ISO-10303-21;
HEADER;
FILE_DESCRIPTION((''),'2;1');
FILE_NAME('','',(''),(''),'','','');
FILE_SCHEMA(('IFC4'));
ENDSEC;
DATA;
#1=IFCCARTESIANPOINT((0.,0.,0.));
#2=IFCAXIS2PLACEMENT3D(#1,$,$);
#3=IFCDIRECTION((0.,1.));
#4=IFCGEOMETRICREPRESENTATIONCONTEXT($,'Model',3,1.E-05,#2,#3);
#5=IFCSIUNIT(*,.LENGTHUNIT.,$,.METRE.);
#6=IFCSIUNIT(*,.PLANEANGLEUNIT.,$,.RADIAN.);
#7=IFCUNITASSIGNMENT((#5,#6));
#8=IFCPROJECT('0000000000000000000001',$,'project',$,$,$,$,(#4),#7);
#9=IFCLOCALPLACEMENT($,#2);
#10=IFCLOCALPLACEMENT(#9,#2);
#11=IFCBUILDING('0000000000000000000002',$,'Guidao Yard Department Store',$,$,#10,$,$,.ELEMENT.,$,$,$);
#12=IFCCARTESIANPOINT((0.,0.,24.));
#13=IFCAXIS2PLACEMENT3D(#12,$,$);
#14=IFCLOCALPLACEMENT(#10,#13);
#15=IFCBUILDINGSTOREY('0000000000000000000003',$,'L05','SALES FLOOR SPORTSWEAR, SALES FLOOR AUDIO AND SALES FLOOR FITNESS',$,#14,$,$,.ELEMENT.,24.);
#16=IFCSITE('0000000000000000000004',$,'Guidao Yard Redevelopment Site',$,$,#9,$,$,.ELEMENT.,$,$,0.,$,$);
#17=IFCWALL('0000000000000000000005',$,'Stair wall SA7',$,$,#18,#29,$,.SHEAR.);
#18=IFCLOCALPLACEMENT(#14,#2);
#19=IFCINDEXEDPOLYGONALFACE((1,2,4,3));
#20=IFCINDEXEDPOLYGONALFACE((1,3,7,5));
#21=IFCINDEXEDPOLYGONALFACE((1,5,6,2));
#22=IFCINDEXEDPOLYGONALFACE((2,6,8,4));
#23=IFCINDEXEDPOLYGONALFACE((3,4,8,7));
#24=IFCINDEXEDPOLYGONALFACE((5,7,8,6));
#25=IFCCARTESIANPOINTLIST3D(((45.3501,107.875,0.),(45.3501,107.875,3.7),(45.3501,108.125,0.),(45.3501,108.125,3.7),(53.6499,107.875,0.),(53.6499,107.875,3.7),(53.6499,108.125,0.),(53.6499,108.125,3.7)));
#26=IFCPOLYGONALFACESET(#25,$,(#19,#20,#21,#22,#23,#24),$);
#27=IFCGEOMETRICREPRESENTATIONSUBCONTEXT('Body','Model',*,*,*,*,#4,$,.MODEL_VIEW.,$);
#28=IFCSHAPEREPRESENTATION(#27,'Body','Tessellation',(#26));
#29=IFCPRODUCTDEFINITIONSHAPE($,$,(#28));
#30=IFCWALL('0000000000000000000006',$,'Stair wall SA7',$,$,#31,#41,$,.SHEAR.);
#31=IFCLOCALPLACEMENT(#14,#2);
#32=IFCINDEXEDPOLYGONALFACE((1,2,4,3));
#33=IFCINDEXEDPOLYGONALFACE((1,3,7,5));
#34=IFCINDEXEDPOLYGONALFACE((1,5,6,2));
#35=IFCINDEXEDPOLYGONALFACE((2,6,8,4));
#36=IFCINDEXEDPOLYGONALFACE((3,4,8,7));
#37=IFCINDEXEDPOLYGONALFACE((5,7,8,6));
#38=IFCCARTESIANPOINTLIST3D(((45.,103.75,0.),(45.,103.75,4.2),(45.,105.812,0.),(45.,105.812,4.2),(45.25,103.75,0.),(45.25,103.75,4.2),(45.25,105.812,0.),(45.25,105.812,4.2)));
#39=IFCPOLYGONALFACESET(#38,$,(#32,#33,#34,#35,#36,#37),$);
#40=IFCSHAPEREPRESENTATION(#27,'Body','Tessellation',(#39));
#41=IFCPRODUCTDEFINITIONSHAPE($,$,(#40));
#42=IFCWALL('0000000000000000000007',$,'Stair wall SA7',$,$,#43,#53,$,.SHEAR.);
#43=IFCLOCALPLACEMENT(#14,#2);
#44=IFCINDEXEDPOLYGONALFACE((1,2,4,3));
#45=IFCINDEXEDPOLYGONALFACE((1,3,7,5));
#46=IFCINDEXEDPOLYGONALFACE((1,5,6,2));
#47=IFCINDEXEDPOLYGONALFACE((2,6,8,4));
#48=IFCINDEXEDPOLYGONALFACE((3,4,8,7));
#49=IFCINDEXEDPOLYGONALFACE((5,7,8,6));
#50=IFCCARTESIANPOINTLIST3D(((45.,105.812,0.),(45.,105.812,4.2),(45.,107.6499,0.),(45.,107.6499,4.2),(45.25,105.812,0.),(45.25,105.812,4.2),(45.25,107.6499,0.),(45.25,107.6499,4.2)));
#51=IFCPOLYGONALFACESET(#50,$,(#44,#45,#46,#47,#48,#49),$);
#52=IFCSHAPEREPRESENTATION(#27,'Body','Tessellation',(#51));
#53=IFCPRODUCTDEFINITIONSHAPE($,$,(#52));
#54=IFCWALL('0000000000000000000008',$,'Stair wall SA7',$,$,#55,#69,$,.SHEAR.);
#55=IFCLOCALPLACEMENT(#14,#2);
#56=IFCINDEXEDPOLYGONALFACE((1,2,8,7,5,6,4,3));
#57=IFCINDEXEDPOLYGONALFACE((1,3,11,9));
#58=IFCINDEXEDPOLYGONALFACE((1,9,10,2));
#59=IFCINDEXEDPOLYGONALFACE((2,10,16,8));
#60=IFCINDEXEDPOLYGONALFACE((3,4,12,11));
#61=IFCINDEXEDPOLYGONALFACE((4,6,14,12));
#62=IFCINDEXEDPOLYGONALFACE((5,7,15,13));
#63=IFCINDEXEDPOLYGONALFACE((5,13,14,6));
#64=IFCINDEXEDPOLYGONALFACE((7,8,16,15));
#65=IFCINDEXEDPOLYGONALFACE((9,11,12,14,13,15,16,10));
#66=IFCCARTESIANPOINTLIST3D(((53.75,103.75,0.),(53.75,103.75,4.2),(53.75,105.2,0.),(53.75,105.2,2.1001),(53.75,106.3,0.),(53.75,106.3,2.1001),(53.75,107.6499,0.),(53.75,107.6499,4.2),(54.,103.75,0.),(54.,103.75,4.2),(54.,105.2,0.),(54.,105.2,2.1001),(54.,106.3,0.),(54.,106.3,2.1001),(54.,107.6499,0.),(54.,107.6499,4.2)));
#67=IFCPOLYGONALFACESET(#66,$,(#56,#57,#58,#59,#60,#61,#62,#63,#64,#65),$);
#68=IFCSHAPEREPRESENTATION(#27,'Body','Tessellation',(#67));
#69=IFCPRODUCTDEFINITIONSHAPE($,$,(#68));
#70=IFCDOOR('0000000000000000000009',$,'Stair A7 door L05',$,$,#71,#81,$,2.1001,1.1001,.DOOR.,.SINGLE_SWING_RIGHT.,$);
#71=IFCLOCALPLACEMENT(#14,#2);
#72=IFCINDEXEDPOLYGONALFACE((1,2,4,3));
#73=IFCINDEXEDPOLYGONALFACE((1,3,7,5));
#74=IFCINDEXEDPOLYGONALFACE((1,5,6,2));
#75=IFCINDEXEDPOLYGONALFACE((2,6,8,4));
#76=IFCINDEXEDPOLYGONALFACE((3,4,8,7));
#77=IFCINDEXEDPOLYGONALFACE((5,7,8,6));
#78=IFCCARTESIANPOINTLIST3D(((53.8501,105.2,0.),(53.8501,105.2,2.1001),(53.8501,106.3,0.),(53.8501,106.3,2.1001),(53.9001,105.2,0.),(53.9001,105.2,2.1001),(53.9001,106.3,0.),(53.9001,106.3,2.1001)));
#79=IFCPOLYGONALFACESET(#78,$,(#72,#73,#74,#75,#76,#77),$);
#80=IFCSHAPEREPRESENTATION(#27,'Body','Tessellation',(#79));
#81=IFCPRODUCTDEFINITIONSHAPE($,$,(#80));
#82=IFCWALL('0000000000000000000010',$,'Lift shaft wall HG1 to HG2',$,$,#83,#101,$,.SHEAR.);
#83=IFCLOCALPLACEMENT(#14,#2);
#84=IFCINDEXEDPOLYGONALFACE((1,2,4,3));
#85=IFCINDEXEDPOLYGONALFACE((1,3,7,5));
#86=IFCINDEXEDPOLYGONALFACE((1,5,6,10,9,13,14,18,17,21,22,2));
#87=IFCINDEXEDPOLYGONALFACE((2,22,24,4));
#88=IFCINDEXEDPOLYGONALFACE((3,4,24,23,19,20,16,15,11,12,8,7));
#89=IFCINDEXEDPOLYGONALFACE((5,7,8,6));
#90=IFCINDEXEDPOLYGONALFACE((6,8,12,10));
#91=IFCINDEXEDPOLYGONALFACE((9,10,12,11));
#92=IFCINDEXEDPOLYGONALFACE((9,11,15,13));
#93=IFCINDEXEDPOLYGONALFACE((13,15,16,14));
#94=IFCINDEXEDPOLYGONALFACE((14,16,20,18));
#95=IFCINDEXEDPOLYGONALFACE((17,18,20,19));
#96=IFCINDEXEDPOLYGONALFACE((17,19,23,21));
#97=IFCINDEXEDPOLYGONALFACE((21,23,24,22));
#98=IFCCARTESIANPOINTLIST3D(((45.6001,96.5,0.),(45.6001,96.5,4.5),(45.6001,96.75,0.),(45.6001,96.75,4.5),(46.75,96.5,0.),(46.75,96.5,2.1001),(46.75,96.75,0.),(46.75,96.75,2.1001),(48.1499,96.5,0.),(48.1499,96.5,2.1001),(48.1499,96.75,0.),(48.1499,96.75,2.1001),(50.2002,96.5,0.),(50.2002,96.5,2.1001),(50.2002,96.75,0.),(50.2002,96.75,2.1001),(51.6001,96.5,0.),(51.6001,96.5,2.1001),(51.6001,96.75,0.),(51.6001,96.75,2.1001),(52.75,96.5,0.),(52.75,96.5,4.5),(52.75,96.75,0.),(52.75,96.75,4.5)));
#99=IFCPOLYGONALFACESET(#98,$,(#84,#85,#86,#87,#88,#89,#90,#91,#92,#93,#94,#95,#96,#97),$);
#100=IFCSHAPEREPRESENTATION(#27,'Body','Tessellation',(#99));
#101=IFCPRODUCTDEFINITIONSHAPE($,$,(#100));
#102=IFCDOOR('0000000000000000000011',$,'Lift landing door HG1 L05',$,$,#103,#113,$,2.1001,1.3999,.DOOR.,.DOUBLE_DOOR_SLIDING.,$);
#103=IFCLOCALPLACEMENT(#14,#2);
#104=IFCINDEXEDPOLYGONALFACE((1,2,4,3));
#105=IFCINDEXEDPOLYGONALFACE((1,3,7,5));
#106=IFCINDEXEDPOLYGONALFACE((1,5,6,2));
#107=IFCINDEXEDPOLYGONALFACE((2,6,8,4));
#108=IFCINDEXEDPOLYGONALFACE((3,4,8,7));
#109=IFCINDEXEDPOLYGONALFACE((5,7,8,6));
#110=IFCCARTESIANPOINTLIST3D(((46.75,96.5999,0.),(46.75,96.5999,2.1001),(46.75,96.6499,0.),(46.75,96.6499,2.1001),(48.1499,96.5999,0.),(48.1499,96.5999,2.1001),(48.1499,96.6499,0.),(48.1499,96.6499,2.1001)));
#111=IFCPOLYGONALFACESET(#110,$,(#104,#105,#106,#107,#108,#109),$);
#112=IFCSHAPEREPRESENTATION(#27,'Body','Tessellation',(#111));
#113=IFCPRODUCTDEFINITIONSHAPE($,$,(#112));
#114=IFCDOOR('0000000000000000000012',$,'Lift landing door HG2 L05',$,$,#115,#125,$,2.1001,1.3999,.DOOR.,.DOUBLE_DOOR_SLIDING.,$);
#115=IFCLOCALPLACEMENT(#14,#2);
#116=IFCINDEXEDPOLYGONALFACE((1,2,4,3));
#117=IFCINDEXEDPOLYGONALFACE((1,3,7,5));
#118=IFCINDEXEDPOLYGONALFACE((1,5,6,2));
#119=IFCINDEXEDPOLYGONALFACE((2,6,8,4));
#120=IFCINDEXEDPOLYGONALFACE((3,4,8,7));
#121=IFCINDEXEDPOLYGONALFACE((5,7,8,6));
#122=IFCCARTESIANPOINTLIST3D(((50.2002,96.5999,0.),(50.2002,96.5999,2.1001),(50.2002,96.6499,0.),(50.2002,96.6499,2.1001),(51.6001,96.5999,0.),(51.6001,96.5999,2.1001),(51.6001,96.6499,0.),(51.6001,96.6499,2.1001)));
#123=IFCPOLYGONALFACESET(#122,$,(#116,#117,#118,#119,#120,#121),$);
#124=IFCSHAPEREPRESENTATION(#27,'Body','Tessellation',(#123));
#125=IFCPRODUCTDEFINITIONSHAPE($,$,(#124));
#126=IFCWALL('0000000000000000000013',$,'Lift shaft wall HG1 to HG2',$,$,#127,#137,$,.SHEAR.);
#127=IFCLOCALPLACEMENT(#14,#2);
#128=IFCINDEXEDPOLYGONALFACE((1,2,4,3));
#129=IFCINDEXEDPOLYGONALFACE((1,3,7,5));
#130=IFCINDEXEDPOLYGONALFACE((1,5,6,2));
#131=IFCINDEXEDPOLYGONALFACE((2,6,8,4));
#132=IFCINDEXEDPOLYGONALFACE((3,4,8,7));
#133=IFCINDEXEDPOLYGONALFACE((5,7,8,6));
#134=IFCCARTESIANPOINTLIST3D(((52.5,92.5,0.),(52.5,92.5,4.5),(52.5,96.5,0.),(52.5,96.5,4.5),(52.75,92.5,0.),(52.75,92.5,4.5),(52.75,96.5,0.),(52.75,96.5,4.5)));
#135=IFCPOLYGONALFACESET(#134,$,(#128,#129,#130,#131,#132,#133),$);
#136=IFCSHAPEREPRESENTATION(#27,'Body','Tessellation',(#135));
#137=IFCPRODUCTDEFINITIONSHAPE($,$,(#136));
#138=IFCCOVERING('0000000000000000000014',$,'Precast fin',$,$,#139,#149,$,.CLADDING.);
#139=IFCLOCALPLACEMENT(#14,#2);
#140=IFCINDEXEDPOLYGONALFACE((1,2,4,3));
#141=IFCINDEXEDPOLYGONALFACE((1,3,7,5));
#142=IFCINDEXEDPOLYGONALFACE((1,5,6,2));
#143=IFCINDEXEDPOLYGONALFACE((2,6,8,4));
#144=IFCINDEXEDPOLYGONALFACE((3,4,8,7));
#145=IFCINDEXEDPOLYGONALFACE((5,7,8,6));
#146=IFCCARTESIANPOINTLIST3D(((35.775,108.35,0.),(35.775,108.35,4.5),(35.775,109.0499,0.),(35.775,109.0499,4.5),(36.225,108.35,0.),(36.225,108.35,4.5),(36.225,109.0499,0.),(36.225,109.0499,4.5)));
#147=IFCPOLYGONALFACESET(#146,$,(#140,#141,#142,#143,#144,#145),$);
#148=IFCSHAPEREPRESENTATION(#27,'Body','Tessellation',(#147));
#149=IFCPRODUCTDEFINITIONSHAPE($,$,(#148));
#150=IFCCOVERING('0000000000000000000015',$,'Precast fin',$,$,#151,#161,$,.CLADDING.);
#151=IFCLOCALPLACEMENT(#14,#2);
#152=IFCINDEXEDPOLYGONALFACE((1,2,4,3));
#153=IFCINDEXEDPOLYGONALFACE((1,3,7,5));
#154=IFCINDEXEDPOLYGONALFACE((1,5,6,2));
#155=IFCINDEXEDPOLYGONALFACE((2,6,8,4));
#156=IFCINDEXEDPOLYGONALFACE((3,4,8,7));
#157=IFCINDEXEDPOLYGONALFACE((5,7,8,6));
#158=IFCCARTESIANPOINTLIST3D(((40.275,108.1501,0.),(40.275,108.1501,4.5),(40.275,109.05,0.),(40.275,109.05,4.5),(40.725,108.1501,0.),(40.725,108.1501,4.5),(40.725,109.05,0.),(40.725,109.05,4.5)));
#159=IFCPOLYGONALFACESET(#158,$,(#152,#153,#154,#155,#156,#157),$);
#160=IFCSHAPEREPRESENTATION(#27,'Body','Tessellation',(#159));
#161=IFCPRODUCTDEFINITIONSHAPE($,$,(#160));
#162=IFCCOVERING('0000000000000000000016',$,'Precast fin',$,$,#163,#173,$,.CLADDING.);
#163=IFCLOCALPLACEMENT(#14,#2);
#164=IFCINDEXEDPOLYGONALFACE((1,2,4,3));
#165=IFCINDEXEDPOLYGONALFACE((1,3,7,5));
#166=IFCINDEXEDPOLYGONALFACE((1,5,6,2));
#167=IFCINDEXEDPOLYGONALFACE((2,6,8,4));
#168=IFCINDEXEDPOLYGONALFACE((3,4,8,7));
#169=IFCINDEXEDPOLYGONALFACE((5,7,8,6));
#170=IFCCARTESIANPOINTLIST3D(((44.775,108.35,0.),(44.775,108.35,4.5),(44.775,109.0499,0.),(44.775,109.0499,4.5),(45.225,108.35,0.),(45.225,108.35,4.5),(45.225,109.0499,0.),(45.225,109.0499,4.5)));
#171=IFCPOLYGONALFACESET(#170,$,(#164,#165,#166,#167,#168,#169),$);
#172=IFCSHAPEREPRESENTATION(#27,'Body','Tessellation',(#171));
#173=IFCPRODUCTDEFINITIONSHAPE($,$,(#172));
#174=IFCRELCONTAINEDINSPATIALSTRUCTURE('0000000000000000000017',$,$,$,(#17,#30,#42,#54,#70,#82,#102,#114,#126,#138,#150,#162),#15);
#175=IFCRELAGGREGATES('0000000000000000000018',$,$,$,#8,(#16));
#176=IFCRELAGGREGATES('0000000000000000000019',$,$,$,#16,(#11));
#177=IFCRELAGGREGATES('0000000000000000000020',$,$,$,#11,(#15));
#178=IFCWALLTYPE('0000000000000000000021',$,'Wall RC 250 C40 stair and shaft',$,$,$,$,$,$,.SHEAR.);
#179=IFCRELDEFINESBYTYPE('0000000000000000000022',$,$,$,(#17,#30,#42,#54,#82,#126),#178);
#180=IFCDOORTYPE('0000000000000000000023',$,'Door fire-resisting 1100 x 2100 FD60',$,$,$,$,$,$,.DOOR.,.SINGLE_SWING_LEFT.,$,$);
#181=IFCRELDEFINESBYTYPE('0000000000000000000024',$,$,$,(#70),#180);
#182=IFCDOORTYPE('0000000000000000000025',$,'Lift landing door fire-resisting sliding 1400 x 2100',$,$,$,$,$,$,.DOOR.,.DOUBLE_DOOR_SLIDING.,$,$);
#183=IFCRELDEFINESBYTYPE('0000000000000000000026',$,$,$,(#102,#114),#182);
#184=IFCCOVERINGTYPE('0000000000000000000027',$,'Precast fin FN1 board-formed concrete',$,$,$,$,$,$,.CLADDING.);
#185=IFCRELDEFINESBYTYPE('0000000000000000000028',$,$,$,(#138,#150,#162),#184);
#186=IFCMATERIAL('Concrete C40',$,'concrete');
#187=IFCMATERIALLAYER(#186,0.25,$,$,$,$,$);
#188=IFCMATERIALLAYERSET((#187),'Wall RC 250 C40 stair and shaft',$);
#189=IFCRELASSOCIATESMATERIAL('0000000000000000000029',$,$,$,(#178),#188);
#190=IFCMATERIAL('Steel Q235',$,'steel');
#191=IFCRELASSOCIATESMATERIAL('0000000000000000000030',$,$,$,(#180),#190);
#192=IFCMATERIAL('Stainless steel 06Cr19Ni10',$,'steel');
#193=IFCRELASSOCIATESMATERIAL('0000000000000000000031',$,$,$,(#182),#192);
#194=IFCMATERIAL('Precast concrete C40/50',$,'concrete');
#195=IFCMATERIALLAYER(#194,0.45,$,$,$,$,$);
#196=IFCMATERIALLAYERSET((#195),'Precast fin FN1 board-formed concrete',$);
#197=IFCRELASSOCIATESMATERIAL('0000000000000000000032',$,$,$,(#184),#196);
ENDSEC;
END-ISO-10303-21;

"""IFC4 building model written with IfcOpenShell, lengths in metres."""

from ifc_helpers import new_model, si_unit, direction, frame, frame_2d, origin, origin_2d, place, context, subcontext, project, spatial, rectangle, extrude, material, layer, layer_set, type_object, element, fill, save


model = new_model("IFC4")

# Units and contexts
model_context = context("Model", 3, precision=1e-05, world=origin(), true_north=direction((0.0, 1.0)))
body_context = subcontext(model_context, "Body", "Model", "MODEL_VIEW")
ifc_project = project(units=[si_unit("LENGTHUNIT", "METRE"), si_unit("PLANEANGLEUNIT", "RADIAN")], contexts=[model_context])

# Site, building, storey
site_placement = place(None, origin())
site = spatial("IfcSite", under=ifc_project, at=site_placement, Name="Guidao Yard Redevelopment Site", CompositionType="ELEMENT", RefElevation=0.0)
building_placement = place(site_placement, origin())
building = spatial("IfcBuilding", under=site, at=building_placement, Name="Guidao Yard Department Store", CompositionType="ELEMENT")
storey_placement = place(building_placement, frame((0.0, 0.0, 24.0)))
storey = spatial("IfcBuildingStorey", under=building, at=storey_placement, Name="L05", Description="SALES FLOOR SPORTSWEAR, SALES FLOOR AUDIO AND SALES FLOOR FITNESS", CompositionType="ELEMENT", Elevation=24.0)

# Walls
ifc_material_1 = material(Name="Concrete C40", Category="concrete")
ifc_layer_1 = layer(ifc_material_1, 0.25)
ifc_layer_set_1 = layer_set([ifc_layer_1], Name="Wall RC 250 C40 stair and shaft")
wall_type_1 = type_object("IfcWallType", Name="Wall RC 250 C40 stair and shaft", PredefinedType="SHEAR", material=ifc_layer_set_1)
wall_1_placement = place(storey_placement, frame((45.3501, 108.0, 0.0), z_axis=(0.0, 0.0, 1.0), x_axis=(1.0, 0.0, 0.0)))
element("IfcWall", 1, at=wall_1_placement, inside=storey, type_object=wall_type_1, Name="Stair wall SA7", PredefinedType="SHEAR", context=body_context, shape_type="SweptSolid", body=[
    extrude(rectangle(XDim=8.2998, YDim=0.25, at=frame_2d((4.1499, 0.0))), origin(), (0.0, 0.0, 1.0), 3.7),
])
wall_2_placement = place(storey_placement, frame((45.125, 103.75, 0.0), z_axis=(0.0, 0.0, 1.0), x_axis=(0.0, 1.0, 0.0)))
element("IfcWall", 2, at=wall_2_placement, inside=storey, type_object=wall_type_1, Name="Stair wall SA7", PredefinedType="SHEAR", context=body_context, shape_type="SweptSolid", body=[
    extrude(rectangle(XDim=2.062, YDim=0.25, at=frame_2d((1.031, 0.0))), origin(), (0.0, 0.0, 1.0), 4.2),
])
wall_3_placement = place(storey_placement, frame((45.125, 105.812, 0.0), z_axis=(0.0, 0.0, 1.0), x_axis=(0.0, 1.0, 0.0)))
element("IfcWall", 3, at=wall_3_placement, inside=storey, type_object=wall_type_1, Name="Stair wall SA7", PredefinedType="SHEAR", context=body_context, shape_type="SweptSolid", body=[
    extrude(rectangle(XDim=1.8379, YDim=0.25, at=frame_2d((0.9189, 0.0))), origin(), (0.0, 0.0, 1.0), 4.2),
])

# Wall, opening, door
wall_4_placement = place(storey_placement, frame((53.875, 103.75, 0.0), z_axis=(0.0, 0.0, 1.0), x_axis=(0.0, 1.0, 0.0)))
wall_4 = element("IfcWall", 4, at=wall_4_placement, inside=storey, type_object=wall_type_1, Name="Stair wall SA7", PredefinedType="SHEAR", context=body_context, shape_type="SweptSolid", body=[
    extrude(rectangle(XDim=3.8999, YDim=0.25, at=frame_2d((1.95, 0.0))), origin(), (0.0, 0.0, 1.0), 4.2),
])
opening_1_placement = place(wall_4_placement, frame((1.45, 0.0, 0.0)))
opening_1 = element("IfcOpeningElement", 5, at=opening_1_placement, cuts=wall_4, PredefinedType="OPENING", context=body_context, shape_type="SweptSolid", body=[
    extrude(rectangle(XDim=1.1001, YDim=2.1001, at=frame_2d((0.55, 1.05))), frame((0.0, 0.135, 0.0), z_axis=(0.0, -1.0, 0.0), x_axis=(1.0, 0.0, 0.0)), (0.0, 0.0, 1.0), 0.27),
])
ifc_material_2 = material(Name="Steel Q235", Category="steel")
door_type_1 = type_object("IfcDoorType", Name="Door fire-resisting 1100 x 2100 FD60", OperationType="SINGLE_SWING_LEFT", PredefinedType="DOOR", material=ifc_material_2)
door_1_placement = place(opening_1_placement, origin())
door_1 = element("IfcDoor", 6, at=door_1_placement, inside=storey, type_object=door_type_1, Name="Stair A7 door L05", OperationType="SINGLE_SWING_RIGHT", OverallHeight=2.1001, OverallWidth=1.1001, PredefinedType="DOOR", context=body_context, shape_type="SweptSolid", body=[
    extrude(rectangle(XDim=1.1001, YDim=2.1001, at=frame_2d((0.55, 1.05))), frame((0.0, 0.0249, 0.0), z_axis=(0.0, -1.0, 0.0), x_axis=(1.0, 0.0, 0.0)), (0.0, 0.0, 1.0), 0.05),
])
fill(opening_1, door_1)

# Wall, openings, doors
wall_5_placement = place(storey_placement, frame((45.6001, 96.625, 0.0), z_axis=(0.0, 0.0, 1.0), x_axis=(1.0, 0.0, 0.0)))
wall_5 = element("IfcWall", 7, at=wall_5_placement, inside=storey, type_object=wall_type_1, Name="Lift shaft wall HG1 to HG2", PredefinedType="SHEAR", context=body_context, shape_type="SweptSolid", body=[
    extrude(rectangle(XDim=7.1499, YDim=0.25, at=frame_2d((3.575, 0.0))), origin(), (0.0, 0.0, 1.0), 4.5),
])
opening_2_placement = place(wall_5_placement, frame((1.1499, 0.0, 0.0)))
opening_2 = element("IfcOpeningElement", 8, at=opening_2_placement, cuts=wall_5, PredefinedType="OPENING", context=body_context, shape_type="SweptSolid", body=[
    extrude(rectangle(XDim=1.3999, YDim=2.1001, at=frame_2d((0.7, 1.05))), frame((0.0, 0.135, 0.0), z_axis=(0.0, -1.0, 0.0), x_axis=(1.0, 0.0, 0.0)), (0.0, 0.0, 1.0), 0.27),
])
opening_3_placement = place(wall_5_placement, frame((4.6001, 0.0, 0.0)))
opening_3 = element("IfcOpeningElement", 9, at=opening_3_placement, cuts=wall_5, PredefinedType="OPENING", context=body_context, shape_type="SweptSolid", body=[
    extrude(rectangle(XDim=1.3999, YDim=2.1001, at=frame_2d((0.7, 1.05))), frame((0.0, 0.135, 0.0), z_axis=(0.0, -1.0, 0.0), x_axis=(1.0, 0.0, 0.0)), (0.0, 0.0, 1.0), 0.27),
])
ifc_material_3 = material(Name="Stainless steel 06Cr19Ni10", Category="steel")
door_type_2 = type_object("IfcDoorType", Name="Lift landing door fire-resisting sliding 1400 x 2100", OperationType="DOUBLE_DOOR_SLIDING", PredefinedType="DOOR", material=ifc_material_3)
door_2_placement = place(opening_2_placement, origin())
door_2 = element("IfcDoor", 10, at=door_2_placement, inside=storey, type_object=door_type_2, Name="Lift landing door HG1 L05", OperationType="DOUBLE_DOOR_SLIDING", OverallHeight=2.1001, OverallWidth=1.3999, PredefinedType="DOOR", context=body_context, shape_type="SweptSolid", body=[
    extrude(rectangle(XDim=1.3999, YDim=2.1001, at=frame_2d((0.7, 1.05))), frame((0.0, 0.0249, 0.0), z_axis=(0.0, -1.0, 0.0), x_axis=(1.0, 0.0, 0.0)), (0.0, 0.0, 1.0), 0.05),
])
fill(opening_2, door_2)
door_3_placement = place(opening_3_placement, origin())
door_3 = element("IfcDoor", 11, at=door_3_placement, inside=storey, type_object=door_type_2, Name="Lift landing door HG2 L05", OperationType="DOUBLE_DOOR_SLIDING", OverallHeight=2.1001, OverallWidth=1.3999, PredefinedType="DOOR", context=body_context, shape_type="SweptSolid", body=[
    extrude(rectangle(XDim=1.3999, YDim=2.1001, at=frame_2d((0.7, 1.05))), frame((0.0, 0.0249, 0.0), z_axis=(0.0, -1.0, 0.0), x_axis=(1.0, 0.0, 0.0)), (0.0, 0.0, 1.0), 0.05),
])
fill(opening_3, door_3)

# Wall
wall_6_placement = place(storey_placement, frame((52.625, 92.5, 0.0), z_axis=(0.0, 0.0, 1.0), x_axis=(0.0, 1.0, 0.0)))
element("IfcWall", 12, at=wall_6_placement, inside=storey, type_object=wall_type_1, Name="Lift shaft wall HG1 to HG2", PredefinedType="SHEAR", context=body_context, shape_type="SweptSolid", body=[
    extrude(rectangle(XDim=4.0, YDim=0.25, at=frame_2d((2.0, 0.0))), origin(), (0.0, 0.0, 1.0), 4.5),
])

# Coverings
ifc_material_4 = material(Name="Precast concrete C40/50", Category="concrete")
ifc_layer_2 = layer(ifc_material_4, 0.45)
ifc_layer_set_2 = layer_set([ifc_layer_2], Name="Precast fin FN1 board-formed concrete")
covering_type = type_object("IfcCoveringType", Name="Precast fin FN1 board-formed concrete", PredefinedType="CLADDING", material=ifc_layer_set_2)
covering_1_placement = place(storey_placement, frame((36.0, 108.7, 0.0), z_axis=(0.0, 0.0, 1.0), x_axis=(1.0, 0.0, 0.0)))
element("IfcCovering", 13, at=covering_1_placement, inside=storey, type_object=covering_type, Name="Precast fin", PredefinedType="CLADDING", context=body_context, shape_type="SweptSolid", body=[
    extrude(rectangle(XDim=0.45, YDim=0.7, at=origin_2d()), origin(), (0.0, 0.0, 1.0), 4.5),
])
covering_2_placement = place(storey_placement, frame((40.5, 108.6001, 0.0), z_axis=(0.0, 0.0, 1.0), x_axis=(1.0, 0.0, 0.0)))
element("IfcCovering", 14, at=covering_2_placement, inside=storey, type_object=covering_type, Name="Precast fin", PredefinedType="CLADDING", context=body_context, shape_type="SweptSolid", body=[
    extrude(rectangle(XDim=0.45, YDim=0.8999, at=origin_2d()), origin(), (0.0, 0.0, 1.0), 4.5),
])
covering_3_placement = place(storey_placement, frame((45.0, 108.7, 0.0), z_axis=(0.0, 0.0, 1.0), x_axis=(1.0, 0.0, 0.0)))
element("IfcCovering", 15, at=covering_3_placement, inside=storey, type_object=covering_type, Name="Precast fin", PredefinedType="CLADDING", context=body_context, shape_type="SweptSolid", body=[
    extrude(rectangle(XDim=0.45, YDim=0.7, at=origin_2d()), origin(), (0.0, 0.0, 1.0), 4.5),
])

save(model, "model.ifc")
